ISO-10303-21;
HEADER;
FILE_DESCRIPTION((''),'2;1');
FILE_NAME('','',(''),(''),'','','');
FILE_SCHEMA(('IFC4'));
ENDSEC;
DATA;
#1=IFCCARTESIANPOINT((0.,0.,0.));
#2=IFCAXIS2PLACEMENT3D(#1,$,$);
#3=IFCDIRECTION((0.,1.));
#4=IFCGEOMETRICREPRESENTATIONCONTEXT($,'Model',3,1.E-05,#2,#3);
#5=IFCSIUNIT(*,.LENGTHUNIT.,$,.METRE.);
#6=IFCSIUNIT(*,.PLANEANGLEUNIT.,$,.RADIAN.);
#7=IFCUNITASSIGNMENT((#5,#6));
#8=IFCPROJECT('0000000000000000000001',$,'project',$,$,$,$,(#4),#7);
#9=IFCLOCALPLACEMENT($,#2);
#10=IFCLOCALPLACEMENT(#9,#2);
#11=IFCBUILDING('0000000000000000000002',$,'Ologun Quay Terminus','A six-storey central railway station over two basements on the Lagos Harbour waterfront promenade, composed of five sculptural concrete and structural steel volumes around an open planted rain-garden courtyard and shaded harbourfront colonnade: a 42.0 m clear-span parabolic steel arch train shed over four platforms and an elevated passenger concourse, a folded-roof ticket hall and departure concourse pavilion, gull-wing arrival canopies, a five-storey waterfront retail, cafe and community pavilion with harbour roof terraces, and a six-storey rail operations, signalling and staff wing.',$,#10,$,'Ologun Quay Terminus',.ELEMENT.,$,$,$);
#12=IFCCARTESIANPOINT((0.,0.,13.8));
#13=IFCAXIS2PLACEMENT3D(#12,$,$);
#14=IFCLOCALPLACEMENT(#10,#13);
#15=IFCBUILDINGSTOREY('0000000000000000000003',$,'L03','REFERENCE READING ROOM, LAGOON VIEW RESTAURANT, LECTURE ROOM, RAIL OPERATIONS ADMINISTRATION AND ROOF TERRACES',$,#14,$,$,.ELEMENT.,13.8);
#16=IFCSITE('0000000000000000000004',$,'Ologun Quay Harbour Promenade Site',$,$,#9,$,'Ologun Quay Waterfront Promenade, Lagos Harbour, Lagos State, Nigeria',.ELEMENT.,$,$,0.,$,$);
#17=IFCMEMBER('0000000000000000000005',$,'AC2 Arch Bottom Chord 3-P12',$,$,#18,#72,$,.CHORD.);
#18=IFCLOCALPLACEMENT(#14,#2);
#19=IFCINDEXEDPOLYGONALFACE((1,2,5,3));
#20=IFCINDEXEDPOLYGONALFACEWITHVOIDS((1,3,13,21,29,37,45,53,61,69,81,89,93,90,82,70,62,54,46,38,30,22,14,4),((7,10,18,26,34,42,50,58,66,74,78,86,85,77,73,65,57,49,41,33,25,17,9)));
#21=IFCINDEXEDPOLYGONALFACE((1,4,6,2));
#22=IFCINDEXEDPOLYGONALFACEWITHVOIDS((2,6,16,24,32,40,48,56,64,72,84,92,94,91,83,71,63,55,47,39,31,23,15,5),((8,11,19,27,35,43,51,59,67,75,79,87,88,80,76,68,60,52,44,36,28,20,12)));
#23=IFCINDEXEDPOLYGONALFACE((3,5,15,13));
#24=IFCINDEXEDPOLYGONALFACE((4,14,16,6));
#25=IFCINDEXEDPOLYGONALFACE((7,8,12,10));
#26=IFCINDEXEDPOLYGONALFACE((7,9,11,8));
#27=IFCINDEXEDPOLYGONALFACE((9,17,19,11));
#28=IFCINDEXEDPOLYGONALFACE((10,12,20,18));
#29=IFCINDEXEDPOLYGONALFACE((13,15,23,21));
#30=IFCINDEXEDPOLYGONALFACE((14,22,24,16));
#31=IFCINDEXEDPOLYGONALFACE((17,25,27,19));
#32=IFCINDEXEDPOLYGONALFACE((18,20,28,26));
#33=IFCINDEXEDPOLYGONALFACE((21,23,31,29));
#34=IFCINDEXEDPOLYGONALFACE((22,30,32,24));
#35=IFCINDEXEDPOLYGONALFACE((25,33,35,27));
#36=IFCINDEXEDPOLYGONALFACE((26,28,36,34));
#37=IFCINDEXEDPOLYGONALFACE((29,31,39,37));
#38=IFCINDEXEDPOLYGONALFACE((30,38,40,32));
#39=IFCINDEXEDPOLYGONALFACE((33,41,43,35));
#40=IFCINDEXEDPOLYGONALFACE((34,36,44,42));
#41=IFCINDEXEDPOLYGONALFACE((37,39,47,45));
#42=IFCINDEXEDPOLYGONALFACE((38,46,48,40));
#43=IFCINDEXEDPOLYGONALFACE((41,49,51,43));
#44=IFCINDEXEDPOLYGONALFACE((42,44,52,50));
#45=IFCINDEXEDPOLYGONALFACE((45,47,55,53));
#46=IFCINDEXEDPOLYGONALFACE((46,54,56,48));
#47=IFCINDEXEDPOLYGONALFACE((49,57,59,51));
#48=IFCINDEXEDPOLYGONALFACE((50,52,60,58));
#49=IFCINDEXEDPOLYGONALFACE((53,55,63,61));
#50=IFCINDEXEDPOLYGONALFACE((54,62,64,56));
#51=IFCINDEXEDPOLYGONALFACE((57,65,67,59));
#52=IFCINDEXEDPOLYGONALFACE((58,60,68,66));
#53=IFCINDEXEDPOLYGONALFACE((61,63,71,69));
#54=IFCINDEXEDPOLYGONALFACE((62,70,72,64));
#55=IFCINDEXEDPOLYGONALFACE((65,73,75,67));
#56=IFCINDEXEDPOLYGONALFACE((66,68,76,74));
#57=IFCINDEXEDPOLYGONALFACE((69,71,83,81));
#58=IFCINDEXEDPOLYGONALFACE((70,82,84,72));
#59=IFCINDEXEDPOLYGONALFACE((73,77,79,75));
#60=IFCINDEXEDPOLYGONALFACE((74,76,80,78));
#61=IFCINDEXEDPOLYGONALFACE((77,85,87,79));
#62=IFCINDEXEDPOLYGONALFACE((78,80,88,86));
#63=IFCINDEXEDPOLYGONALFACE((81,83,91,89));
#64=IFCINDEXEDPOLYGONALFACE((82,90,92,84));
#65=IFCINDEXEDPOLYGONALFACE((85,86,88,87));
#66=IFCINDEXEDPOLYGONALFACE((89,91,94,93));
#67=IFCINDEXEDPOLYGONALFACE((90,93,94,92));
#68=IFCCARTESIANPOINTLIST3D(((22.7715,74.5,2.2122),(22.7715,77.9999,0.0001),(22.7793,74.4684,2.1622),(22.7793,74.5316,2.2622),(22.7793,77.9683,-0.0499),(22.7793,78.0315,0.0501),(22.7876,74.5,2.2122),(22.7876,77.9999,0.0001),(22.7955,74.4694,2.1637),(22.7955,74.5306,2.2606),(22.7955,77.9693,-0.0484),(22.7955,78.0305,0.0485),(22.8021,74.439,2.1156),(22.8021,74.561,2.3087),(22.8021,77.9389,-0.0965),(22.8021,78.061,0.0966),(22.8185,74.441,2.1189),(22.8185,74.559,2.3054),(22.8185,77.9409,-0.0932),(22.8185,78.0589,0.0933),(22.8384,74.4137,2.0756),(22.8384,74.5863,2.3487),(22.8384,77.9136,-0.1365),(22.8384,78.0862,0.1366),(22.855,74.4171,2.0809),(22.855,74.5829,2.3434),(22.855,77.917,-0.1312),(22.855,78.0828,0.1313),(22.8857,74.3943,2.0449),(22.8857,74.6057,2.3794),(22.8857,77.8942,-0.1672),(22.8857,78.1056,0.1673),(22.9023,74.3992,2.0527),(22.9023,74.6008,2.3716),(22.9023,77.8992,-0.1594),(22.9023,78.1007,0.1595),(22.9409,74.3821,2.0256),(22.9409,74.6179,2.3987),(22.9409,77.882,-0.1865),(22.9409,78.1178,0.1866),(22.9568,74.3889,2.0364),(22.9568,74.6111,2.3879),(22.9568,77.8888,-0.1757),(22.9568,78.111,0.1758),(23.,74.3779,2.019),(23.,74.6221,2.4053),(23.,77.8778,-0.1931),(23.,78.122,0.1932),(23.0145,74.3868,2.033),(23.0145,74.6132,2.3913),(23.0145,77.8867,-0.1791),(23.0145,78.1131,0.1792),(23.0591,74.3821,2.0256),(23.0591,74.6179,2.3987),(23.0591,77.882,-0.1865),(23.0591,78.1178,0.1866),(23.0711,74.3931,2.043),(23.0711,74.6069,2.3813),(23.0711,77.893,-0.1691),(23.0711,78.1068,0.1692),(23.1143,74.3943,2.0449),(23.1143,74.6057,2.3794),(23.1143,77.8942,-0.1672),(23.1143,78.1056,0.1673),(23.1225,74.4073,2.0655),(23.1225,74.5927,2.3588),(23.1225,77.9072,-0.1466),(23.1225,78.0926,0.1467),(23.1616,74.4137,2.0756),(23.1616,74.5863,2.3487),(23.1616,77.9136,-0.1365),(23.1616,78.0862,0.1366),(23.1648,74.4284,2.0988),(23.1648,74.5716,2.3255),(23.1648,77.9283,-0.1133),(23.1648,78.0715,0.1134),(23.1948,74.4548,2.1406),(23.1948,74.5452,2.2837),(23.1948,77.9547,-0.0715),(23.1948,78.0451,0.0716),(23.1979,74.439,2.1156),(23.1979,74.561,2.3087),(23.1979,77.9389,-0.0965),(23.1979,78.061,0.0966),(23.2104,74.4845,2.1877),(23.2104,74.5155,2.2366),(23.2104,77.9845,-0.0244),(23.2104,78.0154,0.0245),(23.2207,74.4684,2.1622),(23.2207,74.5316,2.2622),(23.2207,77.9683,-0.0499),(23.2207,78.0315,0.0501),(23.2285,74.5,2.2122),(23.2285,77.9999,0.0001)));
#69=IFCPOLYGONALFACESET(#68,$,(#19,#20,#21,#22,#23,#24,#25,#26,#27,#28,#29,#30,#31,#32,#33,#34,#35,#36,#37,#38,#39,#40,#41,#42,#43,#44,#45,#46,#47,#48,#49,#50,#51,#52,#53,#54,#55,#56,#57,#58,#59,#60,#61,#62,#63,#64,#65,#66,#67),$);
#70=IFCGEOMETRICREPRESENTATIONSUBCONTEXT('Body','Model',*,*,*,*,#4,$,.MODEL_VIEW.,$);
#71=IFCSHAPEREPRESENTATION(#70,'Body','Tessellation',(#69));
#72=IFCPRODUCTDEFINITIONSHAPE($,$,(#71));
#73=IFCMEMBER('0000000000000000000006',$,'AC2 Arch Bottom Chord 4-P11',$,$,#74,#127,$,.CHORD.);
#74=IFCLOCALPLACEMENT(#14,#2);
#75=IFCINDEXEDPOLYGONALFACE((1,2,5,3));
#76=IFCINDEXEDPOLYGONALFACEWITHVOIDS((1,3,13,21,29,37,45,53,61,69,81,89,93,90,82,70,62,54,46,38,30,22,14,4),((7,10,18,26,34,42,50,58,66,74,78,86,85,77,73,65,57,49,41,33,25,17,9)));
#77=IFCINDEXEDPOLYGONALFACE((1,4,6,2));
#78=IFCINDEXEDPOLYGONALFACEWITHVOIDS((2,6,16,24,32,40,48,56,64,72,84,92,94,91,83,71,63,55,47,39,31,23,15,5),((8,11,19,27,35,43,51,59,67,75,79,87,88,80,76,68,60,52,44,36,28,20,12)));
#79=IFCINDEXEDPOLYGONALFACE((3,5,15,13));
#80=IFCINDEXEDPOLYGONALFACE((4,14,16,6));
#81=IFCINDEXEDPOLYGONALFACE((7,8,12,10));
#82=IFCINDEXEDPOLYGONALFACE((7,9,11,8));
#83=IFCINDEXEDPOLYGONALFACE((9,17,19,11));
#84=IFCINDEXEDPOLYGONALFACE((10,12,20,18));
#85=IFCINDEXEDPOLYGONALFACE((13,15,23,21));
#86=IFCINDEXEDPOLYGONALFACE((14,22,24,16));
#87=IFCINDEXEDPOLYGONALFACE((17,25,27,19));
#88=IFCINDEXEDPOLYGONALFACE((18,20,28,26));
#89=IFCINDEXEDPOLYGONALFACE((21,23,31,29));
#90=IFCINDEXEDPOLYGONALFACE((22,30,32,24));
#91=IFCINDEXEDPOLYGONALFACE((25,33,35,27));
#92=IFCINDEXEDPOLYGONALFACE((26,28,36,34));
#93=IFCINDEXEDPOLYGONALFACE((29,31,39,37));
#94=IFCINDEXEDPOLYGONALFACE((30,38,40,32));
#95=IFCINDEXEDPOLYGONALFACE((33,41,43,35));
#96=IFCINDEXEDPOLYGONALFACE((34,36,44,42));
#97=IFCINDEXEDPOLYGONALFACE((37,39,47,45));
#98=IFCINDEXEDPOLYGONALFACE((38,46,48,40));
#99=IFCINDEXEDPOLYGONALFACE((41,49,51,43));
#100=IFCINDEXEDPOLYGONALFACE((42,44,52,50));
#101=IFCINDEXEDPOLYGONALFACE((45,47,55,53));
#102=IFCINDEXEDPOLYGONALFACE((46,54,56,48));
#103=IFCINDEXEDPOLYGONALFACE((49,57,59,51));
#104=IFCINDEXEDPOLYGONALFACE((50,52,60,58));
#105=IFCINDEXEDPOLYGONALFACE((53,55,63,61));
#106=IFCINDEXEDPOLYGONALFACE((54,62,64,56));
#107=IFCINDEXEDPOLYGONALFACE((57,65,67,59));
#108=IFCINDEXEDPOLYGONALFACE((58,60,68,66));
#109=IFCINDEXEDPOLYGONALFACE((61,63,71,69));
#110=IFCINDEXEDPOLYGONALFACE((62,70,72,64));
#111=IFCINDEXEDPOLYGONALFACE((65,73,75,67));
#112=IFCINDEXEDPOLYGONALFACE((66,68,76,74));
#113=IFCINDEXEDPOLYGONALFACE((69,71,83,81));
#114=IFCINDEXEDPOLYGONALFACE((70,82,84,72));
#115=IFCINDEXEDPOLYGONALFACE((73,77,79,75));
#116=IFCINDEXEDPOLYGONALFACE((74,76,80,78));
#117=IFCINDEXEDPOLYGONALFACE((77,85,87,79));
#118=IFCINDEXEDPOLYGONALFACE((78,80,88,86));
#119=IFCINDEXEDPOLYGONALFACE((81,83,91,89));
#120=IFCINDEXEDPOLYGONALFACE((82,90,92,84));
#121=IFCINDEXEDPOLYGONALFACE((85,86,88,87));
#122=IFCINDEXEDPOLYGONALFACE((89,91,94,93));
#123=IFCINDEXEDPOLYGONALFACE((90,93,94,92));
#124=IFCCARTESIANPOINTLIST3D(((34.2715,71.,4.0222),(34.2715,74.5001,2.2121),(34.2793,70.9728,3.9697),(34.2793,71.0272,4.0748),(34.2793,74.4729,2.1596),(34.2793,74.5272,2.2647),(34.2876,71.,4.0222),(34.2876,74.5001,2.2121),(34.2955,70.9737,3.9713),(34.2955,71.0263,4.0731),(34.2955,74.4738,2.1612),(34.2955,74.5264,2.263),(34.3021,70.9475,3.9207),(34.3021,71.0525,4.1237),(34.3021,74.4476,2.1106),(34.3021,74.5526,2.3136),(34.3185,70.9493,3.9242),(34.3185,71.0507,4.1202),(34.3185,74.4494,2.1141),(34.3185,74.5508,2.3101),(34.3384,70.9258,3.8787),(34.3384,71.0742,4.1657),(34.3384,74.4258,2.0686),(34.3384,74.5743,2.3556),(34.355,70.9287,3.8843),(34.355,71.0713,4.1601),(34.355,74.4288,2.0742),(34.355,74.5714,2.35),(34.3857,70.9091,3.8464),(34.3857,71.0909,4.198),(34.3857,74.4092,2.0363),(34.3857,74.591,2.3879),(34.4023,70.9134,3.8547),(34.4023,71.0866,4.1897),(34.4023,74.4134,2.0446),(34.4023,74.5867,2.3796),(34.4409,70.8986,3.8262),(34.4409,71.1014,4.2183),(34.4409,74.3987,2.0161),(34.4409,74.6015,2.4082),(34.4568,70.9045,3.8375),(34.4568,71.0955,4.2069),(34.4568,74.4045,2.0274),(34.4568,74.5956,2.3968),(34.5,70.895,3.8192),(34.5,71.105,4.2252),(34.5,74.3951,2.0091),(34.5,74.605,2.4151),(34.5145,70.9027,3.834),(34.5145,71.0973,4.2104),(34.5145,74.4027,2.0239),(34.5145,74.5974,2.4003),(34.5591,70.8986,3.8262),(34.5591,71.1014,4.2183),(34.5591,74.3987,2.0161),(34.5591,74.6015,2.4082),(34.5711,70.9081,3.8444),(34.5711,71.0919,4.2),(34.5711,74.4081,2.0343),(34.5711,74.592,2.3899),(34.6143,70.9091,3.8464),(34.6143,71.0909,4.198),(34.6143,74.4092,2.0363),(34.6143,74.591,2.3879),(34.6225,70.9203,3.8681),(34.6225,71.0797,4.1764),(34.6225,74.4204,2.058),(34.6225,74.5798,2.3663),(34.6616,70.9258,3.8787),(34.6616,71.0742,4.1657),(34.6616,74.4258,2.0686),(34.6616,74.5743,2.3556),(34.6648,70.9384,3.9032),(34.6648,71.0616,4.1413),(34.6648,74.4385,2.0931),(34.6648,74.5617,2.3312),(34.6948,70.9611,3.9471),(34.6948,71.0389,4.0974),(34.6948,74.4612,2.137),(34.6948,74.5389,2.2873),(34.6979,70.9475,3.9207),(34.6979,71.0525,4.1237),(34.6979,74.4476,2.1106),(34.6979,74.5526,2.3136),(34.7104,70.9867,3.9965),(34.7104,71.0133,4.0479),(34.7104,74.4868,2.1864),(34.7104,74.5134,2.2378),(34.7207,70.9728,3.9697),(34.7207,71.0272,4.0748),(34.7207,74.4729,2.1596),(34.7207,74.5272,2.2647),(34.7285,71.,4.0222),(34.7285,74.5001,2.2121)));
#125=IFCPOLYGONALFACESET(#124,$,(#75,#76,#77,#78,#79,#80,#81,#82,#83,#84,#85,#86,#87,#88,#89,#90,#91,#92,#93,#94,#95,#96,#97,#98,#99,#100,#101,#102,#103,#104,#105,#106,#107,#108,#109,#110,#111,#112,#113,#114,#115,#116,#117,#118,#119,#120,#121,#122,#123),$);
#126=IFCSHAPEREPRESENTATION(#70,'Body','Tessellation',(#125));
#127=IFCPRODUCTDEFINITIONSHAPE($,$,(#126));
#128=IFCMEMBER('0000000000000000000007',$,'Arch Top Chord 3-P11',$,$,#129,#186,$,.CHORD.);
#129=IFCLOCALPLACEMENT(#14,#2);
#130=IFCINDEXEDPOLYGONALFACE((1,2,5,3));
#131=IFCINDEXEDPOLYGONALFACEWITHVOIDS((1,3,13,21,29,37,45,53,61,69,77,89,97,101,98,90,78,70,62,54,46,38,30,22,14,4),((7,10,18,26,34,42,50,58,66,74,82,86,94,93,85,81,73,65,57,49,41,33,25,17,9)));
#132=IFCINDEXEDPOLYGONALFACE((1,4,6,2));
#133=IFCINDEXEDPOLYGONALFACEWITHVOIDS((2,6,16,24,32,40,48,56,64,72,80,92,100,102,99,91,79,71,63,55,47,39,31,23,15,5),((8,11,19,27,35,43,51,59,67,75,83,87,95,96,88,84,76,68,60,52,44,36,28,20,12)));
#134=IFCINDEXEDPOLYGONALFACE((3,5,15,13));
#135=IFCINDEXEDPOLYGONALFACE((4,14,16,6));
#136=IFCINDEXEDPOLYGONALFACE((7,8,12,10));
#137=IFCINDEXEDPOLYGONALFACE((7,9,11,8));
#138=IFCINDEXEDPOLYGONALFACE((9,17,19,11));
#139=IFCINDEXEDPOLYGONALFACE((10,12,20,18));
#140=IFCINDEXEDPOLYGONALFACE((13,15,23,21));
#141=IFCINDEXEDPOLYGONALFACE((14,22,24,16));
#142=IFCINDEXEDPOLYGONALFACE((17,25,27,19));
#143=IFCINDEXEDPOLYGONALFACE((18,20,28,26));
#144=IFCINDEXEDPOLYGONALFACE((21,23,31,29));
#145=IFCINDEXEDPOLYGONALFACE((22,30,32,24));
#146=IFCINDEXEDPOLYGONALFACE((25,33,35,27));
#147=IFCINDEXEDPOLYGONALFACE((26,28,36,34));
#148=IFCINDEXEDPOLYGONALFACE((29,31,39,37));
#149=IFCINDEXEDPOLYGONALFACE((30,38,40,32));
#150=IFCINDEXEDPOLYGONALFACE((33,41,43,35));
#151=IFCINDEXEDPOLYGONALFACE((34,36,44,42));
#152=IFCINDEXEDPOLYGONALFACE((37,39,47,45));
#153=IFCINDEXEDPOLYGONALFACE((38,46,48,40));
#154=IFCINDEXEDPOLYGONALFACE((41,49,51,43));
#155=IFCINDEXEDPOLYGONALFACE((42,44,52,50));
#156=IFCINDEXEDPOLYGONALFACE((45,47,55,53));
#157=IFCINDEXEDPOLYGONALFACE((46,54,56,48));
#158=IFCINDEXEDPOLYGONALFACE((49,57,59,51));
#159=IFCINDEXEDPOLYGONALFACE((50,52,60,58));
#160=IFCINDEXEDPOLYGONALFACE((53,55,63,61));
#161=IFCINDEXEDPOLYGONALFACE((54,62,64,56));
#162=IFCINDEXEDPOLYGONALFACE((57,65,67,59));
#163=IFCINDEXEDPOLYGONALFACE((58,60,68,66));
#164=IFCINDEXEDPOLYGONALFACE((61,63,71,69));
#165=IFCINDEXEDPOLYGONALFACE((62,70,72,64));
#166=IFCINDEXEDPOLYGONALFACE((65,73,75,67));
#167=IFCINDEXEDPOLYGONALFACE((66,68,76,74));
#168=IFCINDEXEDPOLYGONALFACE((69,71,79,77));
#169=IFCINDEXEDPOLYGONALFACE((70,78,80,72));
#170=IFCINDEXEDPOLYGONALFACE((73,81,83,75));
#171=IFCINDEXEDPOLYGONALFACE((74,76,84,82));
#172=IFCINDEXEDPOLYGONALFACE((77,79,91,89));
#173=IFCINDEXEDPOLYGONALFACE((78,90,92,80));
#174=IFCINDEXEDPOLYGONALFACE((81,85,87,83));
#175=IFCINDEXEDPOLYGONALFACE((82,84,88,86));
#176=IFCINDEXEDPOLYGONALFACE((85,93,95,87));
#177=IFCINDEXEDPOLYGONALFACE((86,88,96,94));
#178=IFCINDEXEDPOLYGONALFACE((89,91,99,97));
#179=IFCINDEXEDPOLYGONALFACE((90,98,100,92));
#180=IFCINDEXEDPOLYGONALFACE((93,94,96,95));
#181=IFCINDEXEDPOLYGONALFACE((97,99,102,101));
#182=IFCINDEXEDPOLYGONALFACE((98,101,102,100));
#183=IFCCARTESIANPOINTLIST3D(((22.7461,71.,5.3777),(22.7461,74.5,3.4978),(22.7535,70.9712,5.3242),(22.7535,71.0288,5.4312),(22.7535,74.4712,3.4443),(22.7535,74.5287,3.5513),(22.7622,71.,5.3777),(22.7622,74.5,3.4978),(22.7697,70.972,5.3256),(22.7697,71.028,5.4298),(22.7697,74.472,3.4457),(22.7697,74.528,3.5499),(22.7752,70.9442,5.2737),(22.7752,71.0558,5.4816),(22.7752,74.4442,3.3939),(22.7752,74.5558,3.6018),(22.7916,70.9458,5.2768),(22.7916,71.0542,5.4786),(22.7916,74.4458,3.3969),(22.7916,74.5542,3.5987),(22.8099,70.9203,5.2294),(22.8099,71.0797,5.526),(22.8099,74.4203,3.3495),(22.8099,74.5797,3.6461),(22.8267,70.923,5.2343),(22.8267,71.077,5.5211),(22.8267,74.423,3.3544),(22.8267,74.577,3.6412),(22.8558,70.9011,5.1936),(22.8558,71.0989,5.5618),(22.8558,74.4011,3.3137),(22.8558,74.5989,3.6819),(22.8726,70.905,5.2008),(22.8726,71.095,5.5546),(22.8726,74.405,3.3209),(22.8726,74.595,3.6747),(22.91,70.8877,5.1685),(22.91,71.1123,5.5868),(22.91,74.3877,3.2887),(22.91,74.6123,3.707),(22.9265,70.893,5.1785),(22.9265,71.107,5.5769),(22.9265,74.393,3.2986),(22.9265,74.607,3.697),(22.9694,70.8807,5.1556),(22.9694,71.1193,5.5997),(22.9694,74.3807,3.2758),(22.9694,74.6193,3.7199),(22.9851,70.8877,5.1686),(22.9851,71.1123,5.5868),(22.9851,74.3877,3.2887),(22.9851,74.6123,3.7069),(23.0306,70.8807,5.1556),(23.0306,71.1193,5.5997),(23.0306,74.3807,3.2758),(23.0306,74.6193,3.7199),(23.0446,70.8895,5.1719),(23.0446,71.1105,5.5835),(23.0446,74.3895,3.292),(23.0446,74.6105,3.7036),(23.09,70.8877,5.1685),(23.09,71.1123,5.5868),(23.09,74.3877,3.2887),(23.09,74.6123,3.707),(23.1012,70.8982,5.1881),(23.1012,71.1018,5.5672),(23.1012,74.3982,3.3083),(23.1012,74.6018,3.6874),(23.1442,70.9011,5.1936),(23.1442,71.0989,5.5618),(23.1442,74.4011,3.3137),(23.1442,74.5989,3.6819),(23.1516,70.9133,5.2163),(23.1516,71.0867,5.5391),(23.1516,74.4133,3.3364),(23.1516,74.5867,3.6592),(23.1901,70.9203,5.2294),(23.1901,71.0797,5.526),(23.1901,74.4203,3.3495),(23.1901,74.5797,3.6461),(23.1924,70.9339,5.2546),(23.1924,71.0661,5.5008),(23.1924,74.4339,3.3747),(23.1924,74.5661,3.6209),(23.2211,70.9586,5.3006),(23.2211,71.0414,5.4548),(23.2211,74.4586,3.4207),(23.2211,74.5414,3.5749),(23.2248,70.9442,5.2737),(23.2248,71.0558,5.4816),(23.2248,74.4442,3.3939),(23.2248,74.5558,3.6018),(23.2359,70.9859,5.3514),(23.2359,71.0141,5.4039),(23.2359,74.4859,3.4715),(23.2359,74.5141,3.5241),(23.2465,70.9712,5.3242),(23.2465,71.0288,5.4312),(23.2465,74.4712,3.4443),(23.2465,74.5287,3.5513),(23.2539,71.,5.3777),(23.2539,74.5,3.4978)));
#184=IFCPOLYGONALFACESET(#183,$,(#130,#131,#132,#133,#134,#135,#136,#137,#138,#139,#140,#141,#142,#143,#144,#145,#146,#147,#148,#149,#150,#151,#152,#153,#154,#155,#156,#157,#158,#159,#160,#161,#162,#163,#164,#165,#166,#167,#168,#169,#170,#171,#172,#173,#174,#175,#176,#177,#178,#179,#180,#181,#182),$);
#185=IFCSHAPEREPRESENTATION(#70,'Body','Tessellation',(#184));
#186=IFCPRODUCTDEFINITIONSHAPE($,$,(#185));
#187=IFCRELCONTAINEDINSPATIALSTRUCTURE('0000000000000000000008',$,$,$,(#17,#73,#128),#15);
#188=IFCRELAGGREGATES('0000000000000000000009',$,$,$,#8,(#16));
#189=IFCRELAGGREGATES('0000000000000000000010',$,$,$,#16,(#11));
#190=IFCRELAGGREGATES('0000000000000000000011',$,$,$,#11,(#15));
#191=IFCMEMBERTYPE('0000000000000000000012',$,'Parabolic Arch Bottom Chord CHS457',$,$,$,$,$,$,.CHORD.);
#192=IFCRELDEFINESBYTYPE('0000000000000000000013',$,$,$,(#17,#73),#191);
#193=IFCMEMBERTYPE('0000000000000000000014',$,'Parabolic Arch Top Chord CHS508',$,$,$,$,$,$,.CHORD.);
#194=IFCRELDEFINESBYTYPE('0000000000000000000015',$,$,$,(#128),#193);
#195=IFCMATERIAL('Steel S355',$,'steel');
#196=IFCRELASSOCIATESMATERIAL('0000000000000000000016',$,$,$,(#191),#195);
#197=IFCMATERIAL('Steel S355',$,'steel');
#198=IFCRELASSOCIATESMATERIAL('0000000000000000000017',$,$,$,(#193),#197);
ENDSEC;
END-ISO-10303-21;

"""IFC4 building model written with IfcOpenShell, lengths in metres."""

from ifc_helpers import new_model, si_unit, direction, frame, origin, origin_2d, place, context, subcontext, project, spatial, hollow_circle, extrude, material, material_profile, profile_set, type_object, element, save


model = new_model("IFC4")

# Units and contexts
model_context = context("Model", 3, precision=1e-05, world=origin(), true_north=direction((0.0, 1.0)))
body_context = subcontext(model_context, "Body", "Model", "MODEL_VIEW")
ifc_project = project(units=[si_unit("LENGTHUNIT", "METRE"), si_unit("PLANEANGLEUNIT", "RADIAN")], contexts=[model_context])

# Site, building, storey
site_placement = place(None, origin())
site = spatial("IfcSite", under=ifc_project, at=site_placement, Name="Ologun Quay Harbour Promenade Site", LongName="Ologun Quay Waterfront Promenade, Lagos Harbour, Lagos State, Nigeria", CompositionType="ELEMENT", RefElevation=0.0)
building_placement = place(site_placement, origin())
building = spatial("IfcBuilding", under=site, at=building_placement, Name="Ologun Quay Terminus", Description="A six-storey central railway station over two basements on the Lagos Harbour waterfront promenade, composed of five sculptural concrete and structural steel volumes around an open planted rain-garden courtyard and shaded harbourfront colonnade: a 42.0 m clear-span parabolic steel arch train shed over four platforms and an elevated passenger concourse, a folded-roof ticket hall and departure concourse pavilion, gull-wing arrival canopies, a five-storey waterfront retail, cafe and community pavilion with harbour roof terraces, and a six-storey rail operations, signalling and staff wing.", LongName="Ologun Quay Terminus", CompositionType="ELEMENT")
storey_placement = place(building_placement, frame((0.0, 0.0, 13.8)))
storey = spatial("IfcBuildingStorey", under=building, at=storey_placement, Name="L03", Description="REFERENCE READING ROOM, LAGOON VIEW RESTAURANT, LECTURE ROOM, RAIL OPERATIONS ADMINISTRATION AND ROOF TERRACES", CompositionType="ELEMENT", Elevation=13.8)

# Members
ifc_material_1 = material(Name="Steel S355", Category="steel")
ifc_material_profile_1 = material_profile(ifc_material_1, hollow_circle(Radius=0.2285, WallThickness=0.0161, at=origin_2d()), Name="CHS 457x16")
ifc_profile_set_1 = profile_set([ifc_material_profile_1], Name="Steel S355")
member_type_1 = type_object("IfcMemberType", Name="Parabolic Arch Bottom Chord CHS457", PredefinedType="CHORD", material=ifc_profile_set_1)
member_1_placement = place(storey_placement, frame((23.0, 74.5, 2.2122), z_axis=(0.0, 0.845311, -0.534275), x_axis=(-1.0, 0.0, 0.0)))
element("IfcMember", 1, at=member_1_placement, inside=storey, type_object=member_type_1, Name="AC2 Arch Bottom Chord 3-P12", PredefinedType="CHORD", context=body_context, shape_type="SweptSolid", body=[
    extrude(hollow_circle(Radius=0.2285, WallThickness=0.0161, at=origin_2d()), origin(), (0.0, 0.0, 1.0), 4.1404),
])
member_2_placement = place(storey_placement, frame((34.5, 71.0, 4.0222), z_axis=(0.0, 0.888247, -0.459366), x_axis=(-1.0, 0.0, 0.0)))
element("IfcMember", 2, at=member_2_placement, inside=storey, type_object=member_type_1, Name="AC2 Arch Bottom Chord 4-P11", PredefinedType="CHORD", context=body_context, shape_type="SweptSolid", body=[
    extrude(hollow_circle(Radius=0.2285, WallThickness=0.0161, at=origin_2d()), origin(), (0.0, 0.0, 1.0), 3.9404),
])
ifc_material_2 = material(Name="Steel S355", Category="steel")
ifc_material_profile_2 = material_profile(ifc_material_2, hollow_circle(Radius=0.2539, WallThickness=0.0161, at=origin_2d()), Name="CHS 508x16")
ifc_profile_set_2 = profile_set([ifc_material_profile_2], Name="Steel S355")
member_type_2 = type_object("IfcMemberType", Name="Parabolic Arch Top Chord CHS508", PredefinedType="CHORD", material=ifc_profile_set_2)
member_3_placement = place(storey_placement, frame((23.0, 71.0, 5.3777), z_axis=(0.0, 0.880968, -0.473176), x_axis=(-1.0, 0.0, 0.0)))
element("IfcMember", 3, at=member_3_placement, inside=storey, type_object=member_type_2, Name="Arch Top Chord 3-P11", PredefinedType="CHORD", context=body_context, shape_type="SweptSolid", body=[
    extrude(hollow_circle(Radius=0.2539, WallThickness=0.0161, at=origin_2d()), origin(), (0.0, 0.0, 1.0), 3.9729),
])

save(model, "model.ifc")
